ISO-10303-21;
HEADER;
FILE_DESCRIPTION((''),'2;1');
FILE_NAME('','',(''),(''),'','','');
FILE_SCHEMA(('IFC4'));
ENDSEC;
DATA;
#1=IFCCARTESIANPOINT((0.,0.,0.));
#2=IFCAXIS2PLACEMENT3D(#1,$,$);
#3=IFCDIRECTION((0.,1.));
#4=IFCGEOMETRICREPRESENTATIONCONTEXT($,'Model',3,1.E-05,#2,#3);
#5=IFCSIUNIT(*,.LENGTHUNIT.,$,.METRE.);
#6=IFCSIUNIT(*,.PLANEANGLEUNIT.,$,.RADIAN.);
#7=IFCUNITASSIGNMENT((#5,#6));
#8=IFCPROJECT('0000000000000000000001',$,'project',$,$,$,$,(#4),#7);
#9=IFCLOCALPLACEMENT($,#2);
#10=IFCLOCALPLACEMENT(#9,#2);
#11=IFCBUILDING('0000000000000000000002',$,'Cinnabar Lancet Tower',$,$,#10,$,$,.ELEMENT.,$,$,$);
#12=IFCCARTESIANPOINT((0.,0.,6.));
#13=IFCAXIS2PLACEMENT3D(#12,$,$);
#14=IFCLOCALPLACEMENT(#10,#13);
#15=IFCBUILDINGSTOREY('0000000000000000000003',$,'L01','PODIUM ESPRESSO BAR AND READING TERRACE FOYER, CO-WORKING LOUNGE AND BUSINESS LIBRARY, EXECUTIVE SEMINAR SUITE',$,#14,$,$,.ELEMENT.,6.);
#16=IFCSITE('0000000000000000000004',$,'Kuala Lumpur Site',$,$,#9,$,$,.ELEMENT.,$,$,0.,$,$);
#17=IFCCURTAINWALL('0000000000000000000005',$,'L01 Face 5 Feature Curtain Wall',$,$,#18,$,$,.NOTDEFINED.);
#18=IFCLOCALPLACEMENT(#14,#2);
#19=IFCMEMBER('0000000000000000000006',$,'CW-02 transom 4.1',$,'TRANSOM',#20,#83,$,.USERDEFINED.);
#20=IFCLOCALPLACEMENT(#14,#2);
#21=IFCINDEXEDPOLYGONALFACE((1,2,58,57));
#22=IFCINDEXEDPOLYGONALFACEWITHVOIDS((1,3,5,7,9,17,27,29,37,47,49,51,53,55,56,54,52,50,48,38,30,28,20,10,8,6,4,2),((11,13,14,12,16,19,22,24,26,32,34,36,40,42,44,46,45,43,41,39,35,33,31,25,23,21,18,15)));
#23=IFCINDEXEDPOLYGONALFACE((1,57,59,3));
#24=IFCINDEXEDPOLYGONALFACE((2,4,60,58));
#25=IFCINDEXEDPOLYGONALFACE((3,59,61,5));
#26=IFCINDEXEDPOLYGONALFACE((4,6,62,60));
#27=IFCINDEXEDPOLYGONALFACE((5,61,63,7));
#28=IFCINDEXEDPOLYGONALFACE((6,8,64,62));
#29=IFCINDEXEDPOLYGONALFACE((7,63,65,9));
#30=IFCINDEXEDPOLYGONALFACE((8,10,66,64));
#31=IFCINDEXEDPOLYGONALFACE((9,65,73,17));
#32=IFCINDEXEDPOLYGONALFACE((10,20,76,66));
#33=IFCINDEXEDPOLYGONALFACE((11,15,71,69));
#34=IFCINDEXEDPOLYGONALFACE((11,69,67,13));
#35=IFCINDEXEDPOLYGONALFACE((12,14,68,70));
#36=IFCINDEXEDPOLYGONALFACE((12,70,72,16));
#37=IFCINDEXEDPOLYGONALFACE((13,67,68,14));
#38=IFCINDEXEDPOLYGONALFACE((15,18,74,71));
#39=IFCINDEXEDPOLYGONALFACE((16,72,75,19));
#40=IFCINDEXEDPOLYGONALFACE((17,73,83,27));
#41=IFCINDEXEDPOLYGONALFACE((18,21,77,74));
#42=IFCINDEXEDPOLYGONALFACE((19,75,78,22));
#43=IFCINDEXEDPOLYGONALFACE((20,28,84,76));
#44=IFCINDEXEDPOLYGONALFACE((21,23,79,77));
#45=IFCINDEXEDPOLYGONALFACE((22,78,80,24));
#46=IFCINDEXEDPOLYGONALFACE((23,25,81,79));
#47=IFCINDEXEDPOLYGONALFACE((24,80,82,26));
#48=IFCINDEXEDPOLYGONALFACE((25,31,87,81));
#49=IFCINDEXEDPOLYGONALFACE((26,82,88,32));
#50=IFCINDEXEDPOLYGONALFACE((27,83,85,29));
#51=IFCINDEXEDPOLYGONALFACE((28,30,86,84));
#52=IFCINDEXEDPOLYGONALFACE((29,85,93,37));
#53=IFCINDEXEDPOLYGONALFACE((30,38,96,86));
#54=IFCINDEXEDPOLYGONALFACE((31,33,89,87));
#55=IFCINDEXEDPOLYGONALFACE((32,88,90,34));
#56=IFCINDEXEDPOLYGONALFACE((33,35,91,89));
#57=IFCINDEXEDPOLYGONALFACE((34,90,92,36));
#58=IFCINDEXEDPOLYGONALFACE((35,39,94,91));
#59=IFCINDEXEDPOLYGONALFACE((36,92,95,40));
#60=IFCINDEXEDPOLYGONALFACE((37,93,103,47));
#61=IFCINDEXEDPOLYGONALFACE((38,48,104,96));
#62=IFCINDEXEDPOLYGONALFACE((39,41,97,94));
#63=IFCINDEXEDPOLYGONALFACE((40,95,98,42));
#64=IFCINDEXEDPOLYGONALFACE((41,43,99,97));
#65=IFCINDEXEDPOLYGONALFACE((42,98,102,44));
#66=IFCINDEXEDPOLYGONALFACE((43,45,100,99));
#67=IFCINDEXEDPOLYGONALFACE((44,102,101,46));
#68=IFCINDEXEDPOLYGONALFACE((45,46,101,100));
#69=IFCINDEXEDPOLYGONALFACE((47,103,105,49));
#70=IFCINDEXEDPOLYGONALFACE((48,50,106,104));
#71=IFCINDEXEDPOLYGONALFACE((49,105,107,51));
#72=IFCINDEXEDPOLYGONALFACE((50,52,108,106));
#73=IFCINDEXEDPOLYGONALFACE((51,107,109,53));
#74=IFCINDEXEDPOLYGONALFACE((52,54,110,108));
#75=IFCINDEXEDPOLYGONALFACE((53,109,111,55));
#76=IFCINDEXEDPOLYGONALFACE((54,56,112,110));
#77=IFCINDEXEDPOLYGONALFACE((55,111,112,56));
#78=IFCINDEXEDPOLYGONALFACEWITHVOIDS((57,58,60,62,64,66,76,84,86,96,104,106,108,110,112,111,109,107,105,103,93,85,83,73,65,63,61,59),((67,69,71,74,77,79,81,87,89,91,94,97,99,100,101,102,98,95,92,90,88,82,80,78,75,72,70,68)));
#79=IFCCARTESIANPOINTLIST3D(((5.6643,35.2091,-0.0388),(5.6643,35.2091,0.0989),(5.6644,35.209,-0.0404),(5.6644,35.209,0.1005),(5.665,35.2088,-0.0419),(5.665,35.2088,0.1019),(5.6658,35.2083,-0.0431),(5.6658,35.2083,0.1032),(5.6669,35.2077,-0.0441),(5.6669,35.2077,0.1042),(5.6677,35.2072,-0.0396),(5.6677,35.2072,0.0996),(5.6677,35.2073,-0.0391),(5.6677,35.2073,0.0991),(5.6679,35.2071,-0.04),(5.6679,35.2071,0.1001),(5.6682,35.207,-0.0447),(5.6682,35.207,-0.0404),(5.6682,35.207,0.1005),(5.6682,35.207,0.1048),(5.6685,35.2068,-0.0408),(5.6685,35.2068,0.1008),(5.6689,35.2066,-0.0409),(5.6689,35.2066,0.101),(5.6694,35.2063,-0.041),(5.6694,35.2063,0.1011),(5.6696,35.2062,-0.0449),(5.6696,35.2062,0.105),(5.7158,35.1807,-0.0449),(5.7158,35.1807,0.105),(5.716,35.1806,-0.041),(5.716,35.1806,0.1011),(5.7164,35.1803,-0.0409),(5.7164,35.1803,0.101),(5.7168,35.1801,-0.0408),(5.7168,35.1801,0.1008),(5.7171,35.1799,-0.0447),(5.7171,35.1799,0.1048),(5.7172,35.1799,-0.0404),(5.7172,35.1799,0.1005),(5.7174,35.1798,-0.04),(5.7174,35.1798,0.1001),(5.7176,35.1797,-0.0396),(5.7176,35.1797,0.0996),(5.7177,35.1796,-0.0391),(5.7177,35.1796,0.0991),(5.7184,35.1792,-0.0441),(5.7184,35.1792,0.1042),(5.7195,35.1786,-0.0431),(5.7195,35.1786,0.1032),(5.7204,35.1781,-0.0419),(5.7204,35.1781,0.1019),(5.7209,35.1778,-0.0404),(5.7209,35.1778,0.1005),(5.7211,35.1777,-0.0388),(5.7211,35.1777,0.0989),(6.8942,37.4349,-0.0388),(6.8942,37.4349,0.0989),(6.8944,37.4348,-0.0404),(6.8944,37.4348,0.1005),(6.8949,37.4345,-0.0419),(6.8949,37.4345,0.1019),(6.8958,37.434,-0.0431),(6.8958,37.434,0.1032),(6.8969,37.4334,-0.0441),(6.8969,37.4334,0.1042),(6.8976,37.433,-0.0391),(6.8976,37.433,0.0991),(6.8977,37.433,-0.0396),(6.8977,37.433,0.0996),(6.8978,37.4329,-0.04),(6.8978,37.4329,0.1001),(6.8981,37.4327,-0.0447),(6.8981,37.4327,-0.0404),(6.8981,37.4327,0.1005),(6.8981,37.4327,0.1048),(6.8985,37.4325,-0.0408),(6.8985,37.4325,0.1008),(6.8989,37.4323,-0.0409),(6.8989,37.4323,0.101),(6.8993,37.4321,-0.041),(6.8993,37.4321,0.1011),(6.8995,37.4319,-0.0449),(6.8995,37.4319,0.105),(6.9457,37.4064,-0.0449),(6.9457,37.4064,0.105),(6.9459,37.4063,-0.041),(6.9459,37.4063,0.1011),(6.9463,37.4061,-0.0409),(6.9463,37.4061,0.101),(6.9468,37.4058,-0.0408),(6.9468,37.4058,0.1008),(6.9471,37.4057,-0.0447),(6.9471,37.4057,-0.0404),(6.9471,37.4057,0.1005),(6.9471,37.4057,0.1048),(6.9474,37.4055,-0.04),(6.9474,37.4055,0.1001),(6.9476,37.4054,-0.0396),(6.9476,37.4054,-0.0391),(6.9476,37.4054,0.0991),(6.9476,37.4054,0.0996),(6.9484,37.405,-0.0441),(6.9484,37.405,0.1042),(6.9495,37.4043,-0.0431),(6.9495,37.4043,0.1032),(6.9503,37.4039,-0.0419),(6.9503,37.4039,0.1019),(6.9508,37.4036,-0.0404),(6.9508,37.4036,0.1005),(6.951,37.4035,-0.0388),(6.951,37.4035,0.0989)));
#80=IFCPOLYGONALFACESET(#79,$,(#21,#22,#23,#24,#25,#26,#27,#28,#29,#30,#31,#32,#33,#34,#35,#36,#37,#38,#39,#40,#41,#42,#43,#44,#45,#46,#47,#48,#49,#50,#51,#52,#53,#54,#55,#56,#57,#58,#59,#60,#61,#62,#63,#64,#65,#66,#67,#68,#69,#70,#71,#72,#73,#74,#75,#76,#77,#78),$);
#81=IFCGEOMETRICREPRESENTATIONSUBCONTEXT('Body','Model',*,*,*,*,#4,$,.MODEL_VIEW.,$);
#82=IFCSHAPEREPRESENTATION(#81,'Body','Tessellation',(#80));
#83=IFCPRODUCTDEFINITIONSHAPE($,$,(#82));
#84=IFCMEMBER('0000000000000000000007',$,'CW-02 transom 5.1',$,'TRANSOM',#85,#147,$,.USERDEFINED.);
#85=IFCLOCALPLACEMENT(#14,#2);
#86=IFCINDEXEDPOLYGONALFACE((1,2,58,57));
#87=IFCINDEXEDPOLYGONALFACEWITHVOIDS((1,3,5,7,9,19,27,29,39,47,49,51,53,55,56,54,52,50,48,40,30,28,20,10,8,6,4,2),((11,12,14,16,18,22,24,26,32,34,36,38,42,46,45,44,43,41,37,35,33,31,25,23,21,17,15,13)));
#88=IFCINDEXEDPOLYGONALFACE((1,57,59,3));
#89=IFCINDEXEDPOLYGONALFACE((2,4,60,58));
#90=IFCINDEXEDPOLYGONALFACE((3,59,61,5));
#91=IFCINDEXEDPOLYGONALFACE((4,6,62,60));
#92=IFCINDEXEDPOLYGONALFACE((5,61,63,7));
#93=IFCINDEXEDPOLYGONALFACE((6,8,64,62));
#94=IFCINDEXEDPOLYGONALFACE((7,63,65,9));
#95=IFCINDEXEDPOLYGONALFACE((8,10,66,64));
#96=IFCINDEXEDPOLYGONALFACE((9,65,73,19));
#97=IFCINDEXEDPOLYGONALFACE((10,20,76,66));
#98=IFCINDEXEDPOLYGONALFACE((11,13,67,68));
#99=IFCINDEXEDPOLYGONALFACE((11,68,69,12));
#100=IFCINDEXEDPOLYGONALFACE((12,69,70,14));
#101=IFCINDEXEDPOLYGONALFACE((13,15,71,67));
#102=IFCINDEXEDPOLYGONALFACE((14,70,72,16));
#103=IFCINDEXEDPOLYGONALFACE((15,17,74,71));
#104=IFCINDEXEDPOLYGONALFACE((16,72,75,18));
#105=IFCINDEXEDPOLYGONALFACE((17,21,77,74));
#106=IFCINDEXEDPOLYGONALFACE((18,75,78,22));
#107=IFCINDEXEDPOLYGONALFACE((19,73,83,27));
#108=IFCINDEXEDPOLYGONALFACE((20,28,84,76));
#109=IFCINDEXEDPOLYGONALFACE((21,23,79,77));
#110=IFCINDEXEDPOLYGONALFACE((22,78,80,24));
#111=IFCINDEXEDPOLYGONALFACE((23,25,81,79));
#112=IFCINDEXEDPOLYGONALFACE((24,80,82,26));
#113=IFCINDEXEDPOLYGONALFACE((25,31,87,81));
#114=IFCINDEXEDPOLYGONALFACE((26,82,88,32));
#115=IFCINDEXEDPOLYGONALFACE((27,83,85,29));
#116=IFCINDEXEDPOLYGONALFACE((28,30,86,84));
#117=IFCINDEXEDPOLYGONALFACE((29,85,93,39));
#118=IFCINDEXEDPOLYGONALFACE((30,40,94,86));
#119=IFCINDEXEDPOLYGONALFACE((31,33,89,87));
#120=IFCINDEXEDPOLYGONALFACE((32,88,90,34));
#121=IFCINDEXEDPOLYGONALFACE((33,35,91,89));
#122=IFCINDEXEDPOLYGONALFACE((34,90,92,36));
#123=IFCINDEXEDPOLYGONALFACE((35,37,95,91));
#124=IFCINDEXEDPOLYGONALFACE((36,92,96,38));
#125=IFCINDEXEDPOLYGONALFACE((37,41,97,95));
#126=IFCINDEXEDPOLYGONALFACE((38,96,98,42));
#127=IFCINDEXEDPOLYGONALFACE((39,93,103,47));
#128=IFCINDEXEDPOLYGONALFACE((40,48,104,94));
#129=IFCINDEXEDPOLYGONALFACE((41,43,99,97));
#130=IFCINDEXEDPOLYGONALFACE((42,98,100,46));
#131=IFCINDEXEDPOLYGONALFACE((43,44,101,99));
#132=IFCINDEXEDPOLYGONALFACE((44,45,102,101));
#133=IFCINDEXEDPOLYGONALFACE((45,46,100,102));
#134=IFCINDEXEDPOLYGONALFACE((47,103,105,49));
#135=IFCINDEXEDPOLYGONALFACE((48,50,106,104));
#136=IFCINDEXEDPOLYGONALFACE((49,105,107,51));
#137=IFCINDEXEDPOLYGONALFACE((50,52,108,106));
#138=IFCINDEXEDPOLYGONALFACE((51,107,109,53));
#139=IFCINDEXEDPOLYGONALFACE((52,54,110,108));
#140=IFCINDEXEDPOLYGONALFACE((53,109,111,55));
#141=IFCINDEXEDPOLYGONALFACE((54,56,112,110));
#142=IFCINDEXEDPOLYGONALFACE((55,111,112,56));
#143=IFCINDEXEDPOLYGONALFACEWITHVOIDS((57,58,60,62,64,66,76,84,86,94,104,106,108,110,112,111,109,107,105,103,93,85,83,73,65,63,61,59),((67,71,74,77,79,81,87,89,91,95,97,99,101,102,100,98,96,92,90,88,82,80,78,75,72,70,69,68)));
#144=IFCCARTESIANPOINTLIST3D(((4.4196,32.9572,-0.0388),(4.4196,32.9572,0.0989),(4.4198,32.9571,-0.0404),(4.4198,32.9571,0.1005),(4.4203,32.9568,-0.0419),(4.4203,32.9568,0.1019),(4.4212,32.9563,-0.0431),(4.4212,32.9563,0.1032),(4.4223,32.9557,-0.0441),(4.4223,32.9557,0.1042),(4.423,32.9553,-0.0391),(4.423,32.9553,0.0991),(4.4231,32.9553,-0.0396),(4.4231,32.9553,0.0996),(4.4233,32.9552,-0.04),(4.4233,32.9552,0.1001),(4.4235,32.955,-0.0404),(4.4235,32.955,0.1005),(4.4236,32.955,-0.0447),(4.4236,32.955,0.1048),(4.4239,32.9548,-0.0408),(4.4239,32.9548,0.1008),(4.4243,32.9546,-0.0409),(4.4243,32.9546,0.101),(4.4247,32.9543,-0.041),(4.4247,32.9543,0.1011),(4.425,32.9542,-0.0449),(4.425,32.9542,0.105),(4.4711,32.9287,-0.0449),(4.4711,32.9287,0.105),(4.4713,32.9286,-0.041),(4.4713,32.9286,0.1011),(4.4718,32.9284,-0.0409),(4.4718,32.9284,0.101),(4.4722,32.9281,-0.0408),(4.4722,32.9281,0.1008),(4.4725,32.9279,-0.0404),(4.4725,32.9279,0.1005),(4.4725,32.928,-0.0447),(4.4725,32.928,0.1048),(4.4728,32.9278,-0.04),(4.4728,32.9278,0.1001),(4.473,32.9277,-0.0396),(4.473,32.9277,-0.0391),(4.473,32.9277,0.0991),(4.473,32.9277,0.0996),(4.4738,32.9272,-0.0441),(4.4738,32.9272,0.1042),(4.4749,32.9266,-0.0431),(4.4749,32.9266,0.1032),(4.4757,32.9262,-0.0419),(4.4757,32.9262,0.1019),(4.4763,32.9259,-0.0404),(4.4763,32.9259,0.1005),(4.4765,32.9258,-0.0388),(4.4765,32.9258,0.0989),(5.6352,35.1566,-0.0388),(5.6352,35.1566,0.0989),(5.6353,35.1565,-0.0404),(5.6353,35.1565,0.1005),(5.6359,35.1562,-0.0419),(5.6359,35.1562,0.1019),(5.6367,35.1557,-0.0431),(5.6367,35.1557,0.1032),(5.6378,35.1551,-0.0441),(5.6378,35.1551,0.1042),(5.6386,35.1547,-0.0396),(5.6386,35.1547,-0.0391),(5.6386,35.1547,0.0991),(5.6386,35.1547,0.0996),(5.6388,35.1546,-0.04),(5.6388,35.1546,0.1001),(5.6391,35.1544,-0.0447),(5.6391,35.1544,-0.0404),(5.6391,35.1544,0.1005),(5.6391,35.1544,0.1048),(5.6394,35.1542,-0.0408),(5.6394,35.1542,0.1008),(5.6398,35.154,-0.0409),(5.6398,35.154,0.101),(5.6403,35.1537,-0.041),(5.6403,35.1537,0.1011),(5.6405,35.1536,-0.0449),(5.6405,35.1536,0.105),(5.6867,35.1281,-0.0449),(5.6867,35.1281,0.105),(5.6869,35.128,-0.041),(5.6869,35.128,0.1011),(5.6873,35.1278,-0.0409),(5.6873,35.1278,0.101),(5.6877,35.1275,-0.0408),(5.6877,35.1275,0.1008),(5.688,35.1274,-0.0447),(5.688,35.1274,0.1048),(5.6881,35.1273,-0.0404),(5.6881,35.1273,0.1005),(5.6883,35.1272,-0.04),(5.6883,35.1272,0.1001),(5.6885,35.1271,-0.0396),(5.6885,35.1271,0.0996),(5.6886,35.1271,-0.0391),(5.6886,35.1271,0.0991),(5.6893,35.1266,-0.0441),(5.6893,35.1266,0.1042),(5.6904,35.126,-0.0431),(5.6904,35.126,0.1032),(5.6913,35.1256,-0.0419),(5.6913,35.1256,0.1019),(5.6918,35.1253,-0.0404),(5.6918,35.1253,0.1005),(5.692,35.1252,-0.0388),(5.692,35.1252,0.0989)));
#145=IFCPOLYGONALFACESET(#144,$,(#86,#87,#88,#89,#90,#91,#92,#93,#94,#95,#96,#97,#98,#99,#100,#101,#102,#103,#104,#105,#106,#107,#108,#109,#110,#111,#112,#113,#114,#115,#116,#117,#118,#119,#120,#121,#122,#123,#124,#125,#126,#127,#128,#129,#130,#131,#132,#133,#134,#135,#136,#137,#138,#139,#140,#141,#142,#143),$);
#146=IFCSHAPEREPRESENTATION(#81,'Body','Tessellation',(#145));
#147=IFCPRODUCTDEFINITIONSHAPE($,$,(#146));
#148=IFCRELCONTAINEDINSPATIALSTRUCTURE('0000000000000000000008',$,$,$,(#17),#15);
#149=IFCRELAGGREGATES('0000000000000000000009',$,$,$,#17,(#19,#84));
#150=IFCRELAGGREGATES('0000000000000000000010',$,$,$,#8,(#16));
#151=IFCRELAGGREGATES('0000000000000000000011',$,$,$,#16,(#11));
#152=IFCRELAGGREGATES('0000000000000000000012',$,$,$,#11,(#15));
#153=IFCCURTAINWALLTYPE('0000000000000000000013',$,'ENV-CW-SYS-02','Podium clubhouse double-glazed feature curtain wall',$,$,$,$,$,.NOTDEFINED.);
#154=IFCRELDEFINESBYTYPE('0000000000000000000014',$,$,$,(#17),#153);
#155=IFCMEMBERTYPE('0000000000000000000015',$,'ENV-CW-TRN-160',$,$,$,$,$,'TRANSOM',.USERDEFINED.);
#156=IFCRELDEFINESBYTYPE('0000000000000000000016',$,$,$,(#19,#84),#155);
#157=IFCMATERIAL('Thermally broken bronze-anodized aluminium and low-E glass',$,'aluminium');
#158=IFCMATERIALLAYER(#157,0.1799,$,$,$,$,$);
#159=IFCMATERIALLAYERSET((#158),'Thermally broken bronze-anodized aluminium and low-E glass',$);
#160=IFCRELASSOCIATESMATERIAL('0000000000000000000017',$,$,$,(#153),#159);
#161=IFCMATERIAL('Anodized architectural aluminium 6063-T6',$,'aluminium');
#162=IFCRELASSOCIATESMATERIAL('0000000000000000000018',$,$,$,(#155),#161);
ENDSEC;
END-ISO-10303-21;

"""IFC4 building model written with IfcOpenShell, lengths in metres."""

from ifc_helpers import new_model, si_unit, direction, frame, origin, origin_2d, place, context, subcontext, project, spatial, hollow_rectangle, extrude, material, layer, layer_set, material_profile, profile_set, type_object, element, aggregate, save


model = new_model("IFC4")

# Units and contexts
model_context = context("Model", 3, precision=1e-05, world=origin(), true_north=direction((0.0, 1.0)))
body_context = subcontext(model_context, "Body", "Model", "MODEL_VIEW")
ifc_project = project(units=[si_unit("LENGTHUNIT", "METRE"), si_unit("PLANEANGLEUNIT", "RADIAN")], contexts=[model_context])

# Site, building, storey
site_placement = place(None, origin())
site = spatial("IfcSite", under=ifc_project, at=site_placement, Name="Kuala Lumpur Site", CompositionType="ELEMENT", RefElevation=0.0)
building_placement = place(site_placement, origin())
building = spatial("IfcBuilding", under=site, at=building_placement, Name="Cinnabar Lancet Tower", CompositionType="ELEMENT")
storey_placement = place(building_placement, frame((0.0, 0.0, 6.0)))
storey = spatial("IfcBuildingStorey", under=building, at=storey_placement, Name="L01", Description="PODIUM ESPRESSO BAR AND READING TERRACE FOYER, CO-WORKING LOUNGE AND BUSINESS LIBRARY, EXECUTIVE SEMINAR SUITE", CompositionType="ELEMENT", Elevation=6.0)

# Curtain wall, members
ifc_material_1 = material(Name="Thermally broken bronze-anodized aluminium and low-E glass", Category="aluminium")
ifc_layer_1 = layer(ifc_material_1, 0.1799)
ifc_layer_set_1 = layer_set([ifc_layer_1], Name="Thermally broken bronze-anodized aluminium and low-E glass")
curtain_wall_type = type_object("IfcCurtainWallType", Name="ENV-CW-SYS-02", Description="Podium clubhouse double-glazed feature curtain wall", PredefinedType="NOTDEFINED", material=ifc_layer_set_1)
curtain_wall_placement = place(storey_placement, origin())
curtain_wall = element("IfcCurtainWall", 1, at=curtain_wall_placement, inside=storey, type_object=curtain_wall_type, Name="L01 Face 5 Feature Curtain Wall", PredefinedType="NOTDEFINED")
ifc_material_2 = material(Name="Anodized architectural aluminium 6063-T6", Category="aluminium")
ifc_material_profile_1 = material_profile(ifc_material_2, hollow_rectangle(XDim=0.0649, YDim=0.1499, WallThickness=0.0039, InnerFilletRadius=0.002, OuterFilletRadius=0.0061, at=origin_2d()), Name="CW-TRN 150x65x4")
ifc_profile_set_1 = profile_set([ifc_material_profile_1], Name="Anodized architectural aluminium 6063-T6")
member_type_1 = type_object("IfcMemberType", Name="ENV-CW-TRN-160", ElementType="TRANSOM", PredefinedType="USERDEFINED", material=ifc_profile_set_1)
member_1_placement = place(storey_placement, frame((6.9226, 37.4192, 0.03), z_axis=(-0.483661, -0.875255, 0.0), x_axis=(0.875255, -0.483661, 0.0)))
member_1 = element("IfcMember", 2, at=member_1_placement, type_object=member_type_1, Name="CW-02 transom 4.1", ObjectType="TRANSOM", PredefinedType="USERDEFINED", context=body_context, shape_type="SweptSolid", body=[
    extrude(hollow_rectangle(XDim=0.0649, YDim=0.1499, WallThickness=0.0039, InnerFilletRadius=0.002, OuterFilletRadius=0.0061, at=origin_2d()), origin(), (0.0, 0.0, 1.0), 2.543),
])
member_2_placement = place(storey_placement, frame((5.6636, 35.1409, 0.03), z_axis=(-0.483712, -0.875227, 0.0), x_axis=(0.875227, -0.483712, 0.0)))
member_2 = element("IfcMember", 3, at=member_2_placement, type_object=member_type_1, Name="CW-02 transom 5.1", ObjectType="TRANSOM", PredefinedType="USERDEFINED", context=body_context, shape_type="SweptSolid", body=[
    extrude(hollow_rectangle(XDim=0.0649, YDim=0.1499, WallThickness=0.0039, InnerFilletRadius=0.002, OuterFilletRadius=0.0061, at=origin_2d()), origin(), (0.0, 0.0, 1.0), 2.5129),
])

aggregate(curtain_wall, [member_1, member_2])

save(model, "model.ifc")
